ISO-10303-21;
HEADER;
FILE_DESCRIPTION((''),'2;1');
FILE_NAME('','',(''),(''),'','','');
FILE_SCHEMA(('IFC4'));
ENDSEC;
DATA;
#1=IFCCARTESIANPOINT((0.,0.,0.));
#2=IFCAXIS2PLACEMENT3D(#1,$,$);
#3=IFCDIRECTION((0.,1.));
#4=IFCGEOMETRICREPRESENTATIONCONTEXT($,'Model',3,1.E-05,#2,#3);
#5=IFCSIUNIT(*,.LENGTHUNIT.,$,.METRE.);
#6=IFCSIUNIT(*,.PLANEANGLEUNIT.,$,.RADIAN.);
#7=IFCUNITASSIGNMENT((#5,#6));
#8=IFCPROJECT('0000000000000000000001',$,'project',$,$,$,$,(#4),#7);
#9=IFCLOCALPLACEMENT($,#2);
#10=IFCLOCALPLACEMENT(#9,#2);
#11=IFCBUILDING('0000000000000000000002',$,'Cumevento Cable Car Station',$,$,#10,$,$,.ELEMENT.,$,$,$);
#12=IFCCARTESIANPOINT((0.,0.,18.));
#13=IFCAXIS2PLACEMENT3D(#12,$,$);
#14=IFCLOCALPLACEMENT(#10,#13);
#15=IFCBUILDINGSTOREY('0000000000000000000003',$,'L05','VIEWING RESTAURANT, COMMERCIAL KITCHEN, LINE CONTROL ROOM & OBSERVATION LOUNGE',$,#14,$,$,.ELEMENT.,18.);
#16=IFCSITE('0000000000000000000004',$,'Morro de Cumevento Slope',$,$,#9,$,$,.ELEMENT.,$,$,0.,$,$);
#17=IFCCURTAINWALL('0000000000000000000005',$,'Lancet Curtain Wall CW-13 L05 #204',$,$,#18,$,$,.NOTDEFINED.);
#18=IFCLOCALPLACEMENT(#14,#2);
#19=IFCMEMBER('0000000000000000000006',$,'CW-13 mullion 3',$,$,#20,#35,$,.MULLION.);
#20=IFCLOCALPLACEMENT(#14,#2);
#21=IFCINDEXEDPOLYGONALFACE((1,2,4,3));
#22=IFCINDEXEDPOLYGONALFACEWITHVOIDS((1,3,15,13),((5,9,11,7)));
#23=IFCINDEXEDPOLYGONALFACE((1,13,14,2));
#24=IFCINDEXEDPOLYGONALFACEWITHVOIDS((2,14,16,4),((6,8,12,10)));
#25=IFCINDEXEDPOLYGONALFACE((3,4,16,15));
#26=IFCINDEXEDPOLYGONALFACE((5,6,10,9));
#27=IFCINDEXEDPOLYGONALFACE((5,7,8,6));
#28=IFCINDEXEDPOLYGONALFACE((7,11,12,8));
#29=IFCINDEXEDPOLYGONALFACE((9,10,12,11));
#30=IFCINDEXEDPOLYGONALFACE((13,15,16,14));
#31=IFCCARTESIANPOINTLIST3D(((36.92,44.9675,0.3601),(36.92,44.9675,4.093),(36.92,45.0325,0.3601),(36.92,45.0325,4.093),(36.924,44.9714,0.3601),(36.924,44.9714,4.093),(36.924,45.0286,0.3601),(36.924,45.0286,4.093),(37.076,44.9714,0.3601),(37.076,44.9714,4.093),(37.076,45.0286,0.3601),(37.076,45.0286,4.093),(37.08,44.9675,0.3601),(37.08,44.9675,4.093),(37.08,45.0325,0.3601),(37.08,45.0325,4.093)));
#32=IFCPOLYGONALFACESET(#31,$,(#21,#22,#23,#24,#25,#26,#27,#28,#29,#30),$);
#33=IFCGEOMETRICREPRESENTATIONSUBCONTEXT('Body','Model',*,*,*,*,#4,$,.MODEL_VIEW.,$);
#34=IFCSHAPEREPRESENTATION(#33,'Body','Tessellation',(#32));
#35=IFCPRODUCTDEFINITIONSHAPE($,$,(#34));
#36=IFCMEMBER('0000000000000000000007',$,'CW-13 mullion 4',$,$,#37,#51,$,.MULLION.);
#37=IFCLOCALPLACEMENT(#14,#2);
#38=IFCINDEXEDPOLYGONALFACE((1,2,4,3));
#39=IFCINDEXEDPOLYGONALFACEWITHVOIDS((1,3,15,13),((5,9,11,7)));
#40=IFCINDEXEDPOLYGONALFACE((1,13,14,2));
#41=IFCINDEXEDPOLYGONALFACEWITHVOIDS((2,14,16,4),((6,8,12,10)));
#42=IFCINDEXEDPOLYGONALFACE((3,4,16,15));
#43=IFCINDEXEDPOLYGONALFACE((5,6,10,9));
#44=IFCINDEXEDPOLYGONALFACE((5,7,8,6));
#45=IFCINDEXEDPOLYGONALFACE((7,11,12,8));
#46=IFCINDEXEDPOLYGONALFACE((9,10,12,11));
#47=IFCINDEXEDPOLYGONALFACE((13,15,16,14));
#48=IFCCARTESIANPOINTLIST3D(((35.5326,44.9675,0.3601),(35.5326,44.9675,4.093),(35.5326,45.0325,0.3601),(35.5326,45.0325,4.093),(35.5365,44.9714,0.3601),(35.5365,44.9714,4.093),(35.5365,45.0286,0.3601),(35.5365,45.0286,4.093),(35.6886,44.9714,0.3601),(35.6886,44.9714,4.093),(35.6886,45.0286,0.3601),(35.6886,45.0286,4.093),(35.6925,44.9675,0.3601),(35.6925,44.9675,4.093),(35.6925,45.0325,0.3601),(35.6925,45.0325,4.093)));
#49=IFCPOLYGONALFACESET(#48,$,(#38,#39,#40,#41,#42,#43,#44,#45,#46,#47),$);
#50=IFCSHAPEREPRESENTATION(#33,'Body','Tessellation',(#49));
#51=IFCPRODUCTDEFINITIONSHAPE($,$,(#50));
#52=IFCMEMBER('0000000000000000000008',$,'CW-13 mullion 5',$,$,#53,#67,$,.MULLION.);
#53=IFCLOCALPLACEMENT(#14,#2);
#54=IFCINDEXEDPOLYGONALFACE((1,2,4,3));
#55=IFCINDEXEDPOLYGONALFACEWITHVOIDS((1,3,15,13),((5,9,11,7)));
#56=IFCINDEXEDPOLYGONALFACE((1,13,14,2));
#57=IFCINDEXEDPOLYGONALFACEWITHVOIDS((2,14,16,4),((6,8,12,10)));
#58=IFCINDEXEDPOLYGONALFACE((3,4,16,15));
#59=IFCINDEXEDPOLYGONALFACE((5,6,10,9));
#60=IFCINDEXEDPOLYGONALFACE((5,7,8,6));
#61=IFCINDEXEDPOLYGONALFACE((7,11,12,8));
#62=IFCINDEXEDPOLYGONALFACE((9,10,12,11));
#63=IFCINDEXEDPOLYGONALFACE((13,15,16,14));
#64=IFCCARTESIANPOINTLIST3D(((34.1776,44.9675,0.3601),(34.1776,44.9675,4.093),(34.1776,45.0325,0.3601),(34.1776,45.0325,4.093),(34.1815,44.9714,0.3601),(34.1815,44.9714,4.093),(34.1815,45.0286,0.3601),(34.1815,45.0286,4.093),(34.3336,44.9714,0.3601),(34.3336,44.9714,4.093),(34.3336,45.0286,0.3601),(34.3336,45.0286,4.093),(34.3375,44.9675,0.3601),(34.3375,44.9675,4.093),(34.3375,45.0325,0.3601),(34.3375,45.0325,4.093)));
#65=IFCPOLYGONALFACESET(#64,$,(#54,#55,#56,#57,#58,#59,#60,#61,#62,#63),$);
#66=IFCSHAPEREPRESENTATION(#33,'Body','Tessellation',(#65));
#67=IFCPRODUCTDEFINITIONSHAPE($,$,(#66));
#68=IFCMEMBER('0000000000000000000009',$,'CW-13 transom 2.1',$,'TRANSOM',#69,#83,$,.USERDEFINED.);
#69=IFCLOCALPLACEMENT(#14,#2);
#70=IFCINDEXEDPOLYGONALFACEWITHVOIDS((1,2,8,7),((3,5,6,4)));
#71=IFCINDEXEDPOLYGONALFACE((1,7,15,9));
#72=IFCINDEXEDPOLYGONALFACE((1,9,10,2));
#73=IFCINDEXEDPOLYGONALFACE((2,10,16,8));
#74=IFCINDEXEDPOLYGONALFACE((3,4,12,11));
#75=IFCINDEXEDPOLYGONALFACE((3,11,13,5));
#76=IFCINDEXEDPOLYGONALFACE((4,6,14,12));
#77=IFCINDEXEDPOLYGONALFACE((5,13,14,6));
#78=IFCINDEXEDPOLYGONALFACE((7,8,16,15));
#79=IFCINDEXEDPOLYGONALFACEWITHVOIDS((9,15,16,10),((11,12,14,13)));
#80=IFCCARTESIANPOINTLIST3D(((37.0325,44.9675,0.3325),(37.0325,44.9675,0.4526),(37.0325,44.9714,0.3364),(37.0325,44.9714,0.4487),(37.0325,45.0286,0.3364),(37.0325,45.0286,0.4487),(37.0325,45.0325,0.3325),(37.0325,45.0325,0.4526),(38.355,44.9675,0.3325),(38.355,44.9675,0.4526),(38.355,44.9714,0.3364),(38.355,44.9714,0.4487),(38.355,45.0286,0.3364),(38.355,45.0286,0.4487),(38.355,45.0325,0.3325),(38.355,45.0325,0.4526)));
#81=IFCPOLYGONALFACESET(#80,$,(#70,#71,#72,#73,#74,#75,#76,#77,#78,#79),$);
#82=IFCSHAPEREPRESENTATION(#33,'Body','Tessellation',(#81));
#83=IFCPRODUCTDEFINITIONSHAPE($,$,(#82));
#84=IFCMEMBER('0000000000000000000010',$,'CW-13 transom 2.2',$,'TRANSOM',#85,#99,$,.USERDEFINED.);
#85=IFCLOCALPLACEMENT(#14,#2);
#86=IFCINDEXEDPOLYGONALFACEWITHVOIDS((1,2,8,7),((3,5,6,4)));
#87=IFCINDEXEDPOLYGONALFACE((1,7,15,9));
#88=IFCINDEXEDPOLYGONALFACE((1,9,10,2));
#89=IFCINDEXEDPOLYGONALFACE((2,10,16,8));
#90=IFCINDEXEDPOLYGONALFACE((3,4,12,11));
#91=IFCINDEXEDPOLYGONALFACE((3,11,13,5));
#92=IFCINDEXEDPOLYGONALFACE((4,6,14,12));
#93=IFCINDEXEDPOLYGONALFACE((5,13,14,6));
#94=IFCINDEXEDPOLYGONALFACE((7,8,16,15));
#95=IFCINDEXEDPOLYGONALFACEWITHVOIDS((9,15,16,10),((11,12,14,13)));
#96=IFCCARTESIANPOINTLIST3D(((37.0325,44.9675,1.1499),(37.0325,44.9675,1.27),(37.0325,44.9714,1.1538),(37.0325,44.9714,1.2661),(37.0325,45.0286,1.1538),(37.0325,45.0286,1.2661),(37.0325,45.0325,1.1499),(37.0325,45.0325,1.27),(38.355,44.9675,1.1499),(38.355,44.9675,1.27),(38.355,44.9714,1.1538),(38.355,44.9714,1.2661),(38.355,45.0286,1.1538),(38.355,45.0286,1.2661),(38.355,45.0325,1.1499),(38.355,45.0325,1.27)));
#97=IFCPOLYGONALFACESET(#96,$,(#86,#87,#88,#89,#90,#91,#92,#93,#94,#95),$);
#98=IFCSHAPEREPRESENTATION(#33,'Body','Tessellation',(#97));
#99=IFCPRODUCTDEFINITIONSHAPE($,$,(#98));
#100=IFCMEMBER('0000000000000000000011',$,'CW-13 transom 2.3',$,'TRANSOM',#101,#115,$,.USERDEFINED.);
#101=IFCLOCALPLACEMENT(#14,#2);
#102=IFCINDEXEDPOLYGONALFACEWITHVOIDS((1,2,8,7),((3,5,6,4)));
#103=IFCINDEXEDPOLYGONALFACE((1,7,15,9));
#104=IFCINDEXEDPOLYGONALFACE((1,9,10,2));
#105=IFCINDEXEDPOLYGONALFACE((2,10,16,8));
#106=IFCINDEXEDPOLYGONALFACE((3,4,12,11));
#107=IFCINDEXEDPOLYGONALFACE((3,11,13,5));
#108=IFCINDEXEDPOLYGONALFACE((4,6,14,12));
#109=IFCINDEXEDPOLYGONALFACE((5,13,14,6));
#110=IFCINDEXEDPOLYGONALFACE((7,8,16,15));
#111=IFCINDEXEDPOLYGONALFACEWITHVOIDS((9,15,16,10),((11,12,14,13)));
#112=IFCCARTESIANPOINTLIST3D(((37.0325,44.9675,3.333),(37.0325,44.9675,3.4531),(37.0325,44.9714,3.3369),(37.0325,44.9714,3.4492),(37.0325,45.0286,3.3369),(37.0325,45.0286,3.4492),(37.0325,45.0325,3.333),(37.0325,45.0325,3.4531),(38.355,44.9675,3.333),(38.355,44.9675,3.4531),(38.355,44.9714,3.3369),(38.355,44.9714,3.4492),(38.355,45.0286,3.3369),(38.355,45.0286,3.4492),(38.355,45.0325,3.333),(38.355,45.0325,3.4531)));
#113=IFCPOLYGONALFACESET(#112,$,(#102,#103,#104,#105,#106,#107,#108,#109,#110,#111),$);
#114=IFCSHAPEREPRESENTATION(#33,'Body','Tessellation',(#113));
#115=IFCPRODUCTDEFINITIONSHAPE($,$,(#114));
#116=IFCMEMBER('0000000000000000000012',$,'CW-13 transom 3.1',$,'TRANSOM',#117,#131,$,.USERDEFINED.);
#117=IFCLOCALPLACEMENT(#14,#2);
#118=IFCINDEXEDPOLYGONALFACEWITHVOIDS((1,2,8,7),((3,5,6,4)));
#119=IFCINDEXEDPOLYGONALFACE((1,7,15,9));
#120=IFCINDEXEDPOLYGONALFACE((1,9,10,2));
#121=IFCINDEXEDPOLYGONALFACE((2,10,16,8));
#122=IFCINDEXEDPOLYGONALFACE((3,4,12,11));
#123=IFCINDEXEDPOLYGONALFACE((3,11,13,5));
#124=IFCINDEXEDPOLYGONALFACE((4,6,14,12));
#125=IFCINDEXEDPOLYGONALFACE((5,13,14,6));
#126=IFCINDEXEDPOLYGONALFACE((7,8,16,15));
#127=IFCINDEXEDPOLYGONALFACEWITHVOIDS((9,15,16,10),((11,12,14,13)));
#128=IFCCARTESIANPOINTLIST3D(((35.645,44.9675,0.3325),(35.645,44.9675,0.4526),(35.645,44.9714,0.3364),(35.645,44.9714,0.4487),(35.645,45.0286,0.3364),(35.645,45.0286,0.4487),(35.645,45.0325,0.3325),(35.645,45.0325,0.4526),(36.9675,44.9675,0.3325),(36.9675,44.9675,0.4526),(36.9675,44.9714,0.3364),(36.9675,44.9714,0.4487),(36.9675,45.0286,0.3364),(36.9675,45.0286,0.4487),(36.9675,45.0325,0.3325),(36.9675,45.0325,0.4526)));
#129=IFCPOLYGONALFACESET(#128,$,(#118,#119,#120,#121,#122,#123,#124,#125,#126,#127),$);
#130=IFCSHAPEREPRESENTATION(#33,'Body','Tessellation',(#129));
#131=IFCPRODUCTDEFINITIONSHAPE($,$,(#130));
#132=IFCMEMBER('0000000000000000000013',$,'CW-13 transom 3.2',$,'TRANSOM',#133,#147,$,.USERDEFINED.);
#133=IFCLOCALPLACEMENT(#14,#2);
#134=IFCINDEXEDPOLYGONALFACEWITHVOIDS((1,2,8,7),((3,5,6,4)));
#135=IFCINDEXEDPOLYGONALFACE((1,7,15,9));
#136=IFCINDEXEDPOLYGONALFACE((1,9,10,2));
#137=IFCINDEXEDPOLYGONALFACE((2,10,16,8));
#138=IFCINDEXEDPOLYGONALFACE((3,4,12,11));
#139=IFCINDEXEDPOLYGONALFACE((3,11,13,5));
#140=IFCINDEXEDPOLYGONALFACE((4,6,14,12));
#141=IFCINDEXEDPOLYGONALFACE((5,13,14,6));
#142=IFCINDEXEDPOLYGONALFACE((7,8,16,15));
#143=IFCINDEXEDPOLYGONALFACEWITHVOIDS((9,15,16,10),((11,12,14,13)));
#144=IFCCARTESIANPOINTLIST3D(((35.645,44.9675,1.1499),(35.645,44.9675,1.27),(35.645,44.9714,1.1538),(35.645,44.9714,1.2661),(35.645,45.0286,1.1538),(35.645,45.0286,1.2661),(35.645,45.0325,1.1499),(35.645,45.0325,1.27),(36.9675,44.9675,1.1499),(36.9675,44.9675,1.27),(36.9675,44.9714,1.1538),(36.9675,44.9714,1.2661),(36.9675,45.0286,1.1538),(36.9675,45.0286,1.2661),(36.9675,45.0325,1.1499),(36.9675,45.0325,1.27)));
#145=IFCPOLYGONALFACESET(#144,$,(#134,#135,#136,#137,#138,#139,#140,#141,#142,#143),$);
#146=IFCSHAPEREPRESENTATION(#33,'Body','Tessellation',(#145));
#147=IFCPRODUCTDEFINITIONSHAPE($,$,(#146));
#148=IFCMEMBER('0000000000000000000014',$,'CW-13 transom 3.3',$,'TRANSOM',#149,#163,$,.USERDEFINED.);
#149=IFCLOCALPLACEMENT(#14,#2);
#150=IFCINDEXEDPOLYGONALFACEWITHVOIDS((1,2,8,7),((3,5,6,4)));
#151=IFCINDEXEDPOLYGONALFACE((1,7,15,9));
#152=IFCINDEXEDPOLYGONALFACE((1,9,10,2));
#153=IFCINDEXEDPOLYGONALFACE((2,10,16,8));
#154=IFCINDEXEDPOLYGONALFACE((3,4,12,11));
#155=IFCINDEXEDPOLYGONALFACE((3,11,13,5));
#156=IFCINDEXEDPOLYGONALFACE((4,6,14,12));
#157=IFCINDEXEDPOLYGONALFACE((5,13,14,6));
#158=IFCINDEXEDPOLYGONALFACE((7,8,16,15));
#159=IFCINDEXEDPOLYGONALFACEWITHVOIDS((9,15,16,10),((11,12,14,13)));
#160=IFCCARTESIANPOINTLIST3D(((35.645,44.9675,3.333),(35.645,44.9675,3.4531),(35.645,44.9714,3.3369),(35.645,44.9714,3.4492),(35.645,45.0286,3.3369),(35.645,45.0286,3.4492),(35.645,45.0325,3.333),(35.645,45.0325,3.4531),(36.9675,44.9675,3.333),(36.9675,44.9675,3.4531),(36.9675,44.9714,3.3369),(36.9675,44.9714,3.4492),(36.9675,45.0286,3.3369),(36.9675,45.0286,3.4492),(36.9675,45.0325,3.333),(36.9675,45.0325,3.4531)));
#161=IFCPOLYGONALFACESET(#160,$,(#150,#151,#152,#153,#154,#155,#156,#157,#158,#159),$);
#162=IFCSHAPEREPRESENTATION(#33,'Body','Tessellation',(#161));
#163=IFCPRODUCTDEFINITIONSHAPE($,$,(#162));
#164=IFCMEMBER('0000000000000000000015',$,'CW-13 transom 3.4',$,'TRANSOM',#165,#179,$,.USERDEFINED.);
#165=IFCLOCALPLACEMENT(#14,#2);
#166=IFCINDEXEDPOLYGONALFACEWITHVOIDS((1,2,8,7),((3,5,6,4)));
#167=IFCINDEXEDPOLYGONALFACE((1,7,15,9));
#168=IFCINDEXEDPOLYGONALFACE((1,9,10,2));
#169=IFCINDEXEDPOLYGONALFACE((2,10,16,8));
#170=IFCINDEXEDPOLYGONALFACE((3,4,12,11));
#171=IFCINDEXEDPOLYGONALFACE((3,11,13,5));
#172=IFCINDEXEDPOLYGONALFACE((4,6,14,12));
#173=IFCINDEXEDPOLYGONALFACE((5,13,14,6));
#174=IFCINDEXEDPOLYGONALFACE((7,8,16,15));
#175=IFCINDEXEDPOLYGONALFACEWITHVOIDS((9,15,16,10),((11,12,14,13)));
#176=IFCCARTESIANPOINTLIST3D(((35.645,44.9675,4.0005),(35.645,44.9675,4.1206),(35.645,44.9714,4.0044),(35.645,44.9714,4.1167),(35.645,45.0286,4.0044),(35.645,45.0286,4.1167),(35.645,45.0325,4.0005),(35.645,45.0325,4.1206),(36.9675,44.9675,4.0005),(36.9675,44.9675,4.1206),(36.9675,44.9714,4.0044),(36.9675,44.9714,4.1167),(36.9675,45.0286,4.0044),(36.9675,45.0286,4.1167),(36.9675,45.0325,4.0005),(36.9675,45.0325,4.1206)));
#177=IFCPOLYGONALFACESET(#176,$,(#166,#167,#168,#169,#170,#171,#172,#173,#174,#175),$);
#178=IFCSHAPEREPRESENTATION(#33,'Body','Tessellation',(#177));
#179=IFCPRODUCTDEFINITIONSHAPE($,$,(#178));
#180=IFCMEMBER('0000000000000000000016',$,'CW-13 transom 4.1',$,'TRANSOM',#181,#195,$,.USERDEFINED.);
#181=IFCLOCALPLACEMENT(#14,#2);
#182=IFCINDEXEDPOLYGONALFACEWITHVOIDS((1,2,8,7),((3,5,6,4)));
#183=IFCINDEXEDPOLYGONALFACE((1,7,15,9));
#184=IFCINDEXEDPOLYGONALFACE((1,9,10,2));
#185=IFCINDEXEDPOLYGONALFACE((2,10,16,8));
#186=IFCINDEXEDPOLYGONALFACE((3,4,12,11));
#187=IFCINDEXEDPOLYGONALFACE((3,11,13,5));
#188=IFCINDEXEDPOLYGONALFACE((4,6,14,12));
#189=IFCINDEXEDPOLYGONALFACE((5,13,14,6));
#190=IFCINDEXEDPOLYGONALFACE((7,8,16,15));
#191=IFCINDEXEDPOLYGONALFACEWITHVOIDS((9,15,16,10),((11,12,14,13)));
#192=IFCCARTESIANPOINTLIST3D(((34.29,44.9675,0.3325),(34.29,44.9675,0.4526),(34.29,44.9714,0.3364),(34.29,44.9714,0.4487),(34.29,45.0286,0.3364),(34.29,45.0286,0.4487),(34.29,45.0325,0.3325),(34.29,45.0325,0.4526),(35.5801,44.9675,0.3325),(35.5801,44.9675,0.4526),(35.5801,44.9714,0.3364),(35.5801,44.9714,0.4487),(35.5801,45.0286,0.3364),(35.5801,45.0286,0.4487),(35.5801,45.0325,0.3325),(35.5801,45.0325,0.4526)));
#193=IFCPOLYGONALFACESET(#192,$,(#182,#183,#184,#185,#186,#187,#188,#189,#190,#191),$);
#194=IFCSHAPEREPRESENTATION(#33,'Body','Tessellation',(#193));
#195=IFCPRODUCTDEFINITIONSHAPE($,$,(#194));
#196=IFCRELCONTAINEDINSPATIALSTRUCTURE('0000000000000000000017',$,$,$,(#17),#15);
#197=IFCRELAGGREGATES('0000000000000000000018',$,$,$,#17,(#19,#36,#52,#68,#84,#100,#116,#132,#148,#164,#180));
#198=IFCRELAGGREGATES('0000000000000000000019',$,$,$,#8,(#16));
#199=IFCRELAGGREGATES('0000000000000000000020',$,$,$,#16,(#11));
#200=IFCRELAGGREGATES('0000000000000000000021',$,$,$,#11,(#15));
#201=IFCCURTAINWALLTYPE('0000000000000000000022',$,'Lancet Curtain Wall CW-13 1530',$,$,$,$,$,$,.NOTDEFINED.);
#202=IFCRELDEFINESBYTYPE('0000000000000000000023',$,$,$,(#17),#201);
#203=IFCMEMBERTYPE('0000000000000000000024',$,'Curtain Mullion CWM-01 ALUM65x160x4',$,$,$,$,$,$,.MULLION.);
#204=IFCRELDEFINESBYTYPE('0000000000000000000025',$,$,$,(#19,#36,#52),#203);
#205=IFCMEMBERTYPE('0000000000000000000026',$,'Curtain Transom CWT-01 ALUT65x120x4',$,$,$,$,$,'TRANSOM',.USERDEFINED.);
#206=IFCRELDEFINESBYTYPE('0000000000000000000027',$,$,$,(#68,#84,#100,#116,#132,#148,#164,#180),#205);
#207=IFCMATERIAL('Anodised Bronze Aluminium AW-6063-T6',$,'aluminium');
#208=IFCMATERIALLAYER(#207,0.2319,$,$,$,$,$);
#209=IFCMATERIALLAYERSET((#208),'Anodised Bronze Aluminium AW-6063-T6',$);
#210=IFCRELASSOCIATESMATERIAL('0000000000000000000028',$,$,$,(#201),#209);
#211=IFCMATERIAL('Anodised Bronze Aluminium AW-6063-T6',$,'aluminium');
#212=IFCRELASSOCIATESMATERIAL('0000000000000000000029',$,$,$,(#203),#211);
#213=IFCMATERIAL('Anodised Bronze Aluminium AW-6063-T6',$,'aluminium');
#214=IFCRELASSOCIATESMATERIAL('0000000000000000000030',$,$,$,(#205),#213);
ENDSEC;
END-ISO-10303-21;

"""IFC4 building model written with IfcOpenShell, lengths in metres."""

from ifc_helpers import new_model, si_unit, direction, frame, origin, origin_2d, place, context, subcontext, project, spatial, hollow_rectangle, extrude, material, layer, layer_set, material_profile, profile_set, type_object, element, aggregate, save


model = new_model("IFC4")

# Units and contexts
model_context = context("Model", 3, precision=1e-05, world=origin(), true_north=direction((0.0, 1.0)))
body_context = subcontext(model_context, "Body", "Model", "MODEL_VIEW")
ifc_project = project(units=[si_unit("LENGTHUNIT", "METRE"), si_unit("PLANEANGLEUNIT", "RADIAN")], contexts=[model_context])

# Site, building, storey
site_placement = place(None, origin())
site = spatial("IfcSite", under=ifc_project, at=site_placement, Name="Morro de Cumevento Slope", CompositionType="ELEMENT", RefElevation=0.0)
building_placement = place(site_placement, origin())
building = spatial("IfcBuilding", under=site, at=building_placement, Name="Cumevento Cable Car Station", CompositionType="ELEMENT")
storey_placement = place(building_placement, frame((0.0, 0.0, 18.0)))
storey = spatial("IfcBuildingStorey", under=building, at=storey_placement, Name="L05", Description="VIEWING RESTAURANT, COMMERCIAL KITCHEN, LINE CONTROL ROOM & OBSERVATION LOUNGE", CompositionType="ELEMENT", Elevation=18.0)

# Curtain wall, members
ifc_material_1 = material(Name="Anodised Bronze Aluminium AW-6063-T6", Category="aluminium")
ifc_layer_1 = layer(ifc_material_1, 0.2319)
ifc_layer_set_1 = layer_set([ifc_layer_1], Name="Anodised Bronze Aluminium AW-6063-T6")
curtain_wall_type = type_object("IfcCurtainWallType", Name="Lancet Curtain Wall CW-13 1530", PredefinedType="NOTDEFINED", material=ifc_layer_set_1)
curtain_wall_placement = place(storey_placement, origin())
curtain_wall = element("IfcCurtainWall", 1, at=curtain_wall_placement, inside=storey, type_object=curtain_wall_type, Name="Lancet Curtain Wall CW-13 L05 #204", PredefinedType="NOTDEFINED")
ifc_material_2 = material(Name="Anodised Bronze Aluminium AW-6063-T6", Category="aluminium")
ifc_material_profile_1 = material_profile(ifc_material_2, hollow_rectangle(XDim=0.0649, YDim=0.1599, WallThickness=0.0039, at=origin_2d()), Name="ALUM65x160x4")
ifc_profile_set_1 = profile_set([ifc_material_profile_1], Name="Anodised Bronze Aluminium AW-6063-T6")
member_type_1 = type_object("IfcMemberType", Name="Curtain Mullion CWM-01 ALUM65x160x4", PredefinedType="MULLION", material=ifc_profile_set_1)
member_1_placement = place(storey_placement, frame((37.0, 45.0, 0.3601), z_axis=(0.0, 0.0, 1.0), x_axis=(0.0, -1.0, 0.0)))
member_1 = element("IfcMember", 2, at=member_1_placement, type_object=member_type_1, Name="CW-13 mullion 3", PredefinedType="MULLION", context=body_context, shape_type="SweptSolid", body=[
    extrude(hollow_rectangle(XDim=0.0649, YDim=0.1599, WallThickness=0.0039, at=origin_2d()), origin(), (0.0, 0.0, 1.0), 3.7329),
])
member_2_placement = place(storey_placement, frame((35.6125, 45.0, 0.3601), z_axis=(0.0, 0.0, 1.0), x_axis=(0.0, -1.0, 0.0)))
member_2 = element("IfcMember", 3, at=member_2_placement, type_object=member_type_1, Name="CW-13 mullion 4", PredefinedType="MULLION", context=body_context, shape_type="SweptSolid", body=[
    extrude(hollow_rectangle(XDim=0.0649, YDim=0.1599, WallThickness=0.0039, at=origin_2d()), origin(), (0.0, 0.0, 1.0), 3.7329),
])
member_3_placement = place(storey_placement, frame((34.2576, 45.0, 0.3601), z_axis=(0.0, 0.0, 1.0), x_axis=(0.0, -1.0, 0.0)))
member_3 = element("IfcMember", 4, at=member_3_placement, type_object=member_type_1, Name="CW-13 mullion 5", PredefinedType="MULLION", context=body_context, shape_type="SweptSolid", body=[
    extrude(hollow_rectangle(XDim=0.0649, YDim=0.1599, WallThickness=0.0039, at=origin_2d()), origin(), (0.0, 0.0, 1.0), 3.7329),
])
ifc_material_3 = material(Name="Anodised Bronze Aluminium AW-6063-T6", Category="aluminium")
ifc_material_profile_2 = material_profile(ifc_material_3, hollow_rectangle(XDim=0.0649, YDim=0.1201, WallThickness=0.0039, at=origin_2d()), Name="ALUT65x120x4")
ifc_profile_set_2 = profile_set([ifc_material_profile_2], Name="Anodised Bronze Aluminium AW-6063-T6")
member_type_2 = type_object("IfcMemberType", Name="Curtain Transom CWT-01 ALUT65x120x4", ElementType="TRANSOM", PredefinedType="USERDEFINED", material=ifc_profile_set_2)
member_4_placement = place(storey_placement, frame((38.355, 45.0, 0.3926), z_axis=(-1.0, 0.0, 0.0), x_axis=(0.0, -1.0, 0.0)))
member_4 = element("IfcMember", 5, at=member_4_placement, type_object=member_type_2, Name="CW-13 transom 2.1", ObjectType="TRANSOM", PredefinedType="USERDEFINED", context=body_context, shape_type="SweptSolid", body=[
    extrude(hollow_rectangle(XDim=0.0649, YDim=0.1201, WallThickness=0.0039, at=origin_2d()), origin(), (0.0, 0.0, 1.0), 1.3225),
])
member_5_placement = place(storey_placement, frame((38.355, 45.0, 1.21), z_axis=(-1.0, 0.0, 0.0), x_axis=(0.0, -1.0, 0.0)))
member_5 = element("IfcMember", 6, at=member_5_placement, type_object=member_type_2, Name="CW-13 transom 2.2", ObjectType="TRANSOM", PredefinedType="USERDEFINED", context=body_context, shape_type="SweptSolid", body=[
    extrude(hollow_rectangle(XDim=0.0649, YDim=0.1201, WallThickness=0.0039, at=origin_2d()), origin(), (0.0, 0.0, 1.0), 1.3225),
])
member_6_placement = place(storey_placement, frame((38.355, 45.0, 3.3931), z_axis=(-1.0, 0.0, 0.0), x_axis=(0.0, -1.0, 0.0)))
member_6 = element("IfcMember", 7, at=member_6_placement, type_object=member_type_2, Name="CW-13 transom 2.3", ObjectType="TRANSOM", PredefinedType="USERDEFINED", context=body_context, shape_type="SweptSolid", body=[
    extrude(hollow_rectangle(XDim=0.0649, YDim=0.1201, WallThickness=0.0039, at=origin_2d()), origin(), (0.0, 0.0, 1.0), 1.3225),
])
member_7_placement = place(storey_placement, frame((36.9675, 45.0, 0.3926), z_axis=(-1.0, 0.0, 0.0), x_axis=(0.0, -1.0, 0.0)))
member_7 = element("IfcMember", 8, at=member_7_placement, type_object=member_type_2, Name="CW-13 transom 3.1", ObjectType="TRANSOM", PredefinedType="USERDEFINED", context=body_context, shape_type="SweptSolid", body=[
    extrude(hollow_rectangle(XDim=0.0649, YDim=0.1201, WallThickness=0.0039, at=origin_2d()), origin(), (0.0, 0.0, 1.0), 1.3225),
])
member_8_placement = place(storey_placement, frame((36.9675, 45.0, 1.21), z_axis=(-1.0, 0.0, 0.0), x_axis=(0.0, -1.0, 0.0)))
member_8 = element("IfcMember", 9, at=member_8_placement, type_object=member_type_2, Name="CW-13 transom 3.2", ObjectType="TRANSOM", PredefinedType="USERDEFINED", context=body_context, shape_type="SweptSolid", body=[
    extrude(hollow_rectangle(XDim=0.0649, YDim=0.1201, WallThickness=0.0039, at=origin_2d()), origin(), (0.0, 0.0, 1.0), 1.3225),
])
member_9_placement = place(storey_placement, frame((36.9675, 45.0, 3.3931), z_axis=(-1.0, 0.0, 0.0), x_axis=(0.0, -1.0, 0.0)))
member_9 = element("IfcMember", 10, at=member_9_placement, type_object=member_type_2, Name="CW-13 transom 3.3", ObjectType="TRANSOM", PredefinedType="USERDEFINED", context=body_context, shape_type="SweptSolid", body=[
    extrude(hollow_rectangle(XDim=0.0649, YDim=0.1201, WallThickness=0.0039, at=origin_2d()), origin(), (0.0, 0.0, 1.0), 1.3225),
])
member_10_placement = place(storey_placement, frame((36.9675, 45.0, 4.0605), z_axis=(-1.0, 0.0, 0.0), x_axis=(0.0, -1.0, 0.0)))
member_10 = element("IfcMember", 11, at=member_10_placement, type_object=member_type_2, Name="CW-13 transom 3.4", ObjectType="TRANSOM", PredefinedType="USERDEFINED", context=body_context, shape_type="SweptSolid", body=[
    extrude(hollow_rectangle(XDim=0.0649, YDim=0.1201, WallThickness=0.0039, at=origin_2d()), origin(), (0.0, 0.0, 1.0), 1.3225),
])
member_11_placement = place(storey_placement, frame((35.5801, 45.0, 0.3926), z_axis=(-1.0, 0.0, 0.0), x_axis=(0.0, -1.0, 0.0)))
member_11 = element("IfcMember", 12, at=member_11_placement, type_object=member_type_2, Name="CW-13 transom 4.1", ObjectType="TRANSOM", PredefinedType="USERDEFINED", context=body_context, shape_type="SweptSolid", body=[
    extrude(hollow_rectangle(XDim=0.0649, YDim=0.1201, WallThickness=0.0039, at=origin_2d()), origin(), (0.0, 0.0, 1.0), 1.29),
])
aggregate(curtain_wall, [member_1, member_2, member_3, member_4, member_5, member_6, member_7, member_8, member_9, member_10, member_11])

save(model, "model.ifc")
